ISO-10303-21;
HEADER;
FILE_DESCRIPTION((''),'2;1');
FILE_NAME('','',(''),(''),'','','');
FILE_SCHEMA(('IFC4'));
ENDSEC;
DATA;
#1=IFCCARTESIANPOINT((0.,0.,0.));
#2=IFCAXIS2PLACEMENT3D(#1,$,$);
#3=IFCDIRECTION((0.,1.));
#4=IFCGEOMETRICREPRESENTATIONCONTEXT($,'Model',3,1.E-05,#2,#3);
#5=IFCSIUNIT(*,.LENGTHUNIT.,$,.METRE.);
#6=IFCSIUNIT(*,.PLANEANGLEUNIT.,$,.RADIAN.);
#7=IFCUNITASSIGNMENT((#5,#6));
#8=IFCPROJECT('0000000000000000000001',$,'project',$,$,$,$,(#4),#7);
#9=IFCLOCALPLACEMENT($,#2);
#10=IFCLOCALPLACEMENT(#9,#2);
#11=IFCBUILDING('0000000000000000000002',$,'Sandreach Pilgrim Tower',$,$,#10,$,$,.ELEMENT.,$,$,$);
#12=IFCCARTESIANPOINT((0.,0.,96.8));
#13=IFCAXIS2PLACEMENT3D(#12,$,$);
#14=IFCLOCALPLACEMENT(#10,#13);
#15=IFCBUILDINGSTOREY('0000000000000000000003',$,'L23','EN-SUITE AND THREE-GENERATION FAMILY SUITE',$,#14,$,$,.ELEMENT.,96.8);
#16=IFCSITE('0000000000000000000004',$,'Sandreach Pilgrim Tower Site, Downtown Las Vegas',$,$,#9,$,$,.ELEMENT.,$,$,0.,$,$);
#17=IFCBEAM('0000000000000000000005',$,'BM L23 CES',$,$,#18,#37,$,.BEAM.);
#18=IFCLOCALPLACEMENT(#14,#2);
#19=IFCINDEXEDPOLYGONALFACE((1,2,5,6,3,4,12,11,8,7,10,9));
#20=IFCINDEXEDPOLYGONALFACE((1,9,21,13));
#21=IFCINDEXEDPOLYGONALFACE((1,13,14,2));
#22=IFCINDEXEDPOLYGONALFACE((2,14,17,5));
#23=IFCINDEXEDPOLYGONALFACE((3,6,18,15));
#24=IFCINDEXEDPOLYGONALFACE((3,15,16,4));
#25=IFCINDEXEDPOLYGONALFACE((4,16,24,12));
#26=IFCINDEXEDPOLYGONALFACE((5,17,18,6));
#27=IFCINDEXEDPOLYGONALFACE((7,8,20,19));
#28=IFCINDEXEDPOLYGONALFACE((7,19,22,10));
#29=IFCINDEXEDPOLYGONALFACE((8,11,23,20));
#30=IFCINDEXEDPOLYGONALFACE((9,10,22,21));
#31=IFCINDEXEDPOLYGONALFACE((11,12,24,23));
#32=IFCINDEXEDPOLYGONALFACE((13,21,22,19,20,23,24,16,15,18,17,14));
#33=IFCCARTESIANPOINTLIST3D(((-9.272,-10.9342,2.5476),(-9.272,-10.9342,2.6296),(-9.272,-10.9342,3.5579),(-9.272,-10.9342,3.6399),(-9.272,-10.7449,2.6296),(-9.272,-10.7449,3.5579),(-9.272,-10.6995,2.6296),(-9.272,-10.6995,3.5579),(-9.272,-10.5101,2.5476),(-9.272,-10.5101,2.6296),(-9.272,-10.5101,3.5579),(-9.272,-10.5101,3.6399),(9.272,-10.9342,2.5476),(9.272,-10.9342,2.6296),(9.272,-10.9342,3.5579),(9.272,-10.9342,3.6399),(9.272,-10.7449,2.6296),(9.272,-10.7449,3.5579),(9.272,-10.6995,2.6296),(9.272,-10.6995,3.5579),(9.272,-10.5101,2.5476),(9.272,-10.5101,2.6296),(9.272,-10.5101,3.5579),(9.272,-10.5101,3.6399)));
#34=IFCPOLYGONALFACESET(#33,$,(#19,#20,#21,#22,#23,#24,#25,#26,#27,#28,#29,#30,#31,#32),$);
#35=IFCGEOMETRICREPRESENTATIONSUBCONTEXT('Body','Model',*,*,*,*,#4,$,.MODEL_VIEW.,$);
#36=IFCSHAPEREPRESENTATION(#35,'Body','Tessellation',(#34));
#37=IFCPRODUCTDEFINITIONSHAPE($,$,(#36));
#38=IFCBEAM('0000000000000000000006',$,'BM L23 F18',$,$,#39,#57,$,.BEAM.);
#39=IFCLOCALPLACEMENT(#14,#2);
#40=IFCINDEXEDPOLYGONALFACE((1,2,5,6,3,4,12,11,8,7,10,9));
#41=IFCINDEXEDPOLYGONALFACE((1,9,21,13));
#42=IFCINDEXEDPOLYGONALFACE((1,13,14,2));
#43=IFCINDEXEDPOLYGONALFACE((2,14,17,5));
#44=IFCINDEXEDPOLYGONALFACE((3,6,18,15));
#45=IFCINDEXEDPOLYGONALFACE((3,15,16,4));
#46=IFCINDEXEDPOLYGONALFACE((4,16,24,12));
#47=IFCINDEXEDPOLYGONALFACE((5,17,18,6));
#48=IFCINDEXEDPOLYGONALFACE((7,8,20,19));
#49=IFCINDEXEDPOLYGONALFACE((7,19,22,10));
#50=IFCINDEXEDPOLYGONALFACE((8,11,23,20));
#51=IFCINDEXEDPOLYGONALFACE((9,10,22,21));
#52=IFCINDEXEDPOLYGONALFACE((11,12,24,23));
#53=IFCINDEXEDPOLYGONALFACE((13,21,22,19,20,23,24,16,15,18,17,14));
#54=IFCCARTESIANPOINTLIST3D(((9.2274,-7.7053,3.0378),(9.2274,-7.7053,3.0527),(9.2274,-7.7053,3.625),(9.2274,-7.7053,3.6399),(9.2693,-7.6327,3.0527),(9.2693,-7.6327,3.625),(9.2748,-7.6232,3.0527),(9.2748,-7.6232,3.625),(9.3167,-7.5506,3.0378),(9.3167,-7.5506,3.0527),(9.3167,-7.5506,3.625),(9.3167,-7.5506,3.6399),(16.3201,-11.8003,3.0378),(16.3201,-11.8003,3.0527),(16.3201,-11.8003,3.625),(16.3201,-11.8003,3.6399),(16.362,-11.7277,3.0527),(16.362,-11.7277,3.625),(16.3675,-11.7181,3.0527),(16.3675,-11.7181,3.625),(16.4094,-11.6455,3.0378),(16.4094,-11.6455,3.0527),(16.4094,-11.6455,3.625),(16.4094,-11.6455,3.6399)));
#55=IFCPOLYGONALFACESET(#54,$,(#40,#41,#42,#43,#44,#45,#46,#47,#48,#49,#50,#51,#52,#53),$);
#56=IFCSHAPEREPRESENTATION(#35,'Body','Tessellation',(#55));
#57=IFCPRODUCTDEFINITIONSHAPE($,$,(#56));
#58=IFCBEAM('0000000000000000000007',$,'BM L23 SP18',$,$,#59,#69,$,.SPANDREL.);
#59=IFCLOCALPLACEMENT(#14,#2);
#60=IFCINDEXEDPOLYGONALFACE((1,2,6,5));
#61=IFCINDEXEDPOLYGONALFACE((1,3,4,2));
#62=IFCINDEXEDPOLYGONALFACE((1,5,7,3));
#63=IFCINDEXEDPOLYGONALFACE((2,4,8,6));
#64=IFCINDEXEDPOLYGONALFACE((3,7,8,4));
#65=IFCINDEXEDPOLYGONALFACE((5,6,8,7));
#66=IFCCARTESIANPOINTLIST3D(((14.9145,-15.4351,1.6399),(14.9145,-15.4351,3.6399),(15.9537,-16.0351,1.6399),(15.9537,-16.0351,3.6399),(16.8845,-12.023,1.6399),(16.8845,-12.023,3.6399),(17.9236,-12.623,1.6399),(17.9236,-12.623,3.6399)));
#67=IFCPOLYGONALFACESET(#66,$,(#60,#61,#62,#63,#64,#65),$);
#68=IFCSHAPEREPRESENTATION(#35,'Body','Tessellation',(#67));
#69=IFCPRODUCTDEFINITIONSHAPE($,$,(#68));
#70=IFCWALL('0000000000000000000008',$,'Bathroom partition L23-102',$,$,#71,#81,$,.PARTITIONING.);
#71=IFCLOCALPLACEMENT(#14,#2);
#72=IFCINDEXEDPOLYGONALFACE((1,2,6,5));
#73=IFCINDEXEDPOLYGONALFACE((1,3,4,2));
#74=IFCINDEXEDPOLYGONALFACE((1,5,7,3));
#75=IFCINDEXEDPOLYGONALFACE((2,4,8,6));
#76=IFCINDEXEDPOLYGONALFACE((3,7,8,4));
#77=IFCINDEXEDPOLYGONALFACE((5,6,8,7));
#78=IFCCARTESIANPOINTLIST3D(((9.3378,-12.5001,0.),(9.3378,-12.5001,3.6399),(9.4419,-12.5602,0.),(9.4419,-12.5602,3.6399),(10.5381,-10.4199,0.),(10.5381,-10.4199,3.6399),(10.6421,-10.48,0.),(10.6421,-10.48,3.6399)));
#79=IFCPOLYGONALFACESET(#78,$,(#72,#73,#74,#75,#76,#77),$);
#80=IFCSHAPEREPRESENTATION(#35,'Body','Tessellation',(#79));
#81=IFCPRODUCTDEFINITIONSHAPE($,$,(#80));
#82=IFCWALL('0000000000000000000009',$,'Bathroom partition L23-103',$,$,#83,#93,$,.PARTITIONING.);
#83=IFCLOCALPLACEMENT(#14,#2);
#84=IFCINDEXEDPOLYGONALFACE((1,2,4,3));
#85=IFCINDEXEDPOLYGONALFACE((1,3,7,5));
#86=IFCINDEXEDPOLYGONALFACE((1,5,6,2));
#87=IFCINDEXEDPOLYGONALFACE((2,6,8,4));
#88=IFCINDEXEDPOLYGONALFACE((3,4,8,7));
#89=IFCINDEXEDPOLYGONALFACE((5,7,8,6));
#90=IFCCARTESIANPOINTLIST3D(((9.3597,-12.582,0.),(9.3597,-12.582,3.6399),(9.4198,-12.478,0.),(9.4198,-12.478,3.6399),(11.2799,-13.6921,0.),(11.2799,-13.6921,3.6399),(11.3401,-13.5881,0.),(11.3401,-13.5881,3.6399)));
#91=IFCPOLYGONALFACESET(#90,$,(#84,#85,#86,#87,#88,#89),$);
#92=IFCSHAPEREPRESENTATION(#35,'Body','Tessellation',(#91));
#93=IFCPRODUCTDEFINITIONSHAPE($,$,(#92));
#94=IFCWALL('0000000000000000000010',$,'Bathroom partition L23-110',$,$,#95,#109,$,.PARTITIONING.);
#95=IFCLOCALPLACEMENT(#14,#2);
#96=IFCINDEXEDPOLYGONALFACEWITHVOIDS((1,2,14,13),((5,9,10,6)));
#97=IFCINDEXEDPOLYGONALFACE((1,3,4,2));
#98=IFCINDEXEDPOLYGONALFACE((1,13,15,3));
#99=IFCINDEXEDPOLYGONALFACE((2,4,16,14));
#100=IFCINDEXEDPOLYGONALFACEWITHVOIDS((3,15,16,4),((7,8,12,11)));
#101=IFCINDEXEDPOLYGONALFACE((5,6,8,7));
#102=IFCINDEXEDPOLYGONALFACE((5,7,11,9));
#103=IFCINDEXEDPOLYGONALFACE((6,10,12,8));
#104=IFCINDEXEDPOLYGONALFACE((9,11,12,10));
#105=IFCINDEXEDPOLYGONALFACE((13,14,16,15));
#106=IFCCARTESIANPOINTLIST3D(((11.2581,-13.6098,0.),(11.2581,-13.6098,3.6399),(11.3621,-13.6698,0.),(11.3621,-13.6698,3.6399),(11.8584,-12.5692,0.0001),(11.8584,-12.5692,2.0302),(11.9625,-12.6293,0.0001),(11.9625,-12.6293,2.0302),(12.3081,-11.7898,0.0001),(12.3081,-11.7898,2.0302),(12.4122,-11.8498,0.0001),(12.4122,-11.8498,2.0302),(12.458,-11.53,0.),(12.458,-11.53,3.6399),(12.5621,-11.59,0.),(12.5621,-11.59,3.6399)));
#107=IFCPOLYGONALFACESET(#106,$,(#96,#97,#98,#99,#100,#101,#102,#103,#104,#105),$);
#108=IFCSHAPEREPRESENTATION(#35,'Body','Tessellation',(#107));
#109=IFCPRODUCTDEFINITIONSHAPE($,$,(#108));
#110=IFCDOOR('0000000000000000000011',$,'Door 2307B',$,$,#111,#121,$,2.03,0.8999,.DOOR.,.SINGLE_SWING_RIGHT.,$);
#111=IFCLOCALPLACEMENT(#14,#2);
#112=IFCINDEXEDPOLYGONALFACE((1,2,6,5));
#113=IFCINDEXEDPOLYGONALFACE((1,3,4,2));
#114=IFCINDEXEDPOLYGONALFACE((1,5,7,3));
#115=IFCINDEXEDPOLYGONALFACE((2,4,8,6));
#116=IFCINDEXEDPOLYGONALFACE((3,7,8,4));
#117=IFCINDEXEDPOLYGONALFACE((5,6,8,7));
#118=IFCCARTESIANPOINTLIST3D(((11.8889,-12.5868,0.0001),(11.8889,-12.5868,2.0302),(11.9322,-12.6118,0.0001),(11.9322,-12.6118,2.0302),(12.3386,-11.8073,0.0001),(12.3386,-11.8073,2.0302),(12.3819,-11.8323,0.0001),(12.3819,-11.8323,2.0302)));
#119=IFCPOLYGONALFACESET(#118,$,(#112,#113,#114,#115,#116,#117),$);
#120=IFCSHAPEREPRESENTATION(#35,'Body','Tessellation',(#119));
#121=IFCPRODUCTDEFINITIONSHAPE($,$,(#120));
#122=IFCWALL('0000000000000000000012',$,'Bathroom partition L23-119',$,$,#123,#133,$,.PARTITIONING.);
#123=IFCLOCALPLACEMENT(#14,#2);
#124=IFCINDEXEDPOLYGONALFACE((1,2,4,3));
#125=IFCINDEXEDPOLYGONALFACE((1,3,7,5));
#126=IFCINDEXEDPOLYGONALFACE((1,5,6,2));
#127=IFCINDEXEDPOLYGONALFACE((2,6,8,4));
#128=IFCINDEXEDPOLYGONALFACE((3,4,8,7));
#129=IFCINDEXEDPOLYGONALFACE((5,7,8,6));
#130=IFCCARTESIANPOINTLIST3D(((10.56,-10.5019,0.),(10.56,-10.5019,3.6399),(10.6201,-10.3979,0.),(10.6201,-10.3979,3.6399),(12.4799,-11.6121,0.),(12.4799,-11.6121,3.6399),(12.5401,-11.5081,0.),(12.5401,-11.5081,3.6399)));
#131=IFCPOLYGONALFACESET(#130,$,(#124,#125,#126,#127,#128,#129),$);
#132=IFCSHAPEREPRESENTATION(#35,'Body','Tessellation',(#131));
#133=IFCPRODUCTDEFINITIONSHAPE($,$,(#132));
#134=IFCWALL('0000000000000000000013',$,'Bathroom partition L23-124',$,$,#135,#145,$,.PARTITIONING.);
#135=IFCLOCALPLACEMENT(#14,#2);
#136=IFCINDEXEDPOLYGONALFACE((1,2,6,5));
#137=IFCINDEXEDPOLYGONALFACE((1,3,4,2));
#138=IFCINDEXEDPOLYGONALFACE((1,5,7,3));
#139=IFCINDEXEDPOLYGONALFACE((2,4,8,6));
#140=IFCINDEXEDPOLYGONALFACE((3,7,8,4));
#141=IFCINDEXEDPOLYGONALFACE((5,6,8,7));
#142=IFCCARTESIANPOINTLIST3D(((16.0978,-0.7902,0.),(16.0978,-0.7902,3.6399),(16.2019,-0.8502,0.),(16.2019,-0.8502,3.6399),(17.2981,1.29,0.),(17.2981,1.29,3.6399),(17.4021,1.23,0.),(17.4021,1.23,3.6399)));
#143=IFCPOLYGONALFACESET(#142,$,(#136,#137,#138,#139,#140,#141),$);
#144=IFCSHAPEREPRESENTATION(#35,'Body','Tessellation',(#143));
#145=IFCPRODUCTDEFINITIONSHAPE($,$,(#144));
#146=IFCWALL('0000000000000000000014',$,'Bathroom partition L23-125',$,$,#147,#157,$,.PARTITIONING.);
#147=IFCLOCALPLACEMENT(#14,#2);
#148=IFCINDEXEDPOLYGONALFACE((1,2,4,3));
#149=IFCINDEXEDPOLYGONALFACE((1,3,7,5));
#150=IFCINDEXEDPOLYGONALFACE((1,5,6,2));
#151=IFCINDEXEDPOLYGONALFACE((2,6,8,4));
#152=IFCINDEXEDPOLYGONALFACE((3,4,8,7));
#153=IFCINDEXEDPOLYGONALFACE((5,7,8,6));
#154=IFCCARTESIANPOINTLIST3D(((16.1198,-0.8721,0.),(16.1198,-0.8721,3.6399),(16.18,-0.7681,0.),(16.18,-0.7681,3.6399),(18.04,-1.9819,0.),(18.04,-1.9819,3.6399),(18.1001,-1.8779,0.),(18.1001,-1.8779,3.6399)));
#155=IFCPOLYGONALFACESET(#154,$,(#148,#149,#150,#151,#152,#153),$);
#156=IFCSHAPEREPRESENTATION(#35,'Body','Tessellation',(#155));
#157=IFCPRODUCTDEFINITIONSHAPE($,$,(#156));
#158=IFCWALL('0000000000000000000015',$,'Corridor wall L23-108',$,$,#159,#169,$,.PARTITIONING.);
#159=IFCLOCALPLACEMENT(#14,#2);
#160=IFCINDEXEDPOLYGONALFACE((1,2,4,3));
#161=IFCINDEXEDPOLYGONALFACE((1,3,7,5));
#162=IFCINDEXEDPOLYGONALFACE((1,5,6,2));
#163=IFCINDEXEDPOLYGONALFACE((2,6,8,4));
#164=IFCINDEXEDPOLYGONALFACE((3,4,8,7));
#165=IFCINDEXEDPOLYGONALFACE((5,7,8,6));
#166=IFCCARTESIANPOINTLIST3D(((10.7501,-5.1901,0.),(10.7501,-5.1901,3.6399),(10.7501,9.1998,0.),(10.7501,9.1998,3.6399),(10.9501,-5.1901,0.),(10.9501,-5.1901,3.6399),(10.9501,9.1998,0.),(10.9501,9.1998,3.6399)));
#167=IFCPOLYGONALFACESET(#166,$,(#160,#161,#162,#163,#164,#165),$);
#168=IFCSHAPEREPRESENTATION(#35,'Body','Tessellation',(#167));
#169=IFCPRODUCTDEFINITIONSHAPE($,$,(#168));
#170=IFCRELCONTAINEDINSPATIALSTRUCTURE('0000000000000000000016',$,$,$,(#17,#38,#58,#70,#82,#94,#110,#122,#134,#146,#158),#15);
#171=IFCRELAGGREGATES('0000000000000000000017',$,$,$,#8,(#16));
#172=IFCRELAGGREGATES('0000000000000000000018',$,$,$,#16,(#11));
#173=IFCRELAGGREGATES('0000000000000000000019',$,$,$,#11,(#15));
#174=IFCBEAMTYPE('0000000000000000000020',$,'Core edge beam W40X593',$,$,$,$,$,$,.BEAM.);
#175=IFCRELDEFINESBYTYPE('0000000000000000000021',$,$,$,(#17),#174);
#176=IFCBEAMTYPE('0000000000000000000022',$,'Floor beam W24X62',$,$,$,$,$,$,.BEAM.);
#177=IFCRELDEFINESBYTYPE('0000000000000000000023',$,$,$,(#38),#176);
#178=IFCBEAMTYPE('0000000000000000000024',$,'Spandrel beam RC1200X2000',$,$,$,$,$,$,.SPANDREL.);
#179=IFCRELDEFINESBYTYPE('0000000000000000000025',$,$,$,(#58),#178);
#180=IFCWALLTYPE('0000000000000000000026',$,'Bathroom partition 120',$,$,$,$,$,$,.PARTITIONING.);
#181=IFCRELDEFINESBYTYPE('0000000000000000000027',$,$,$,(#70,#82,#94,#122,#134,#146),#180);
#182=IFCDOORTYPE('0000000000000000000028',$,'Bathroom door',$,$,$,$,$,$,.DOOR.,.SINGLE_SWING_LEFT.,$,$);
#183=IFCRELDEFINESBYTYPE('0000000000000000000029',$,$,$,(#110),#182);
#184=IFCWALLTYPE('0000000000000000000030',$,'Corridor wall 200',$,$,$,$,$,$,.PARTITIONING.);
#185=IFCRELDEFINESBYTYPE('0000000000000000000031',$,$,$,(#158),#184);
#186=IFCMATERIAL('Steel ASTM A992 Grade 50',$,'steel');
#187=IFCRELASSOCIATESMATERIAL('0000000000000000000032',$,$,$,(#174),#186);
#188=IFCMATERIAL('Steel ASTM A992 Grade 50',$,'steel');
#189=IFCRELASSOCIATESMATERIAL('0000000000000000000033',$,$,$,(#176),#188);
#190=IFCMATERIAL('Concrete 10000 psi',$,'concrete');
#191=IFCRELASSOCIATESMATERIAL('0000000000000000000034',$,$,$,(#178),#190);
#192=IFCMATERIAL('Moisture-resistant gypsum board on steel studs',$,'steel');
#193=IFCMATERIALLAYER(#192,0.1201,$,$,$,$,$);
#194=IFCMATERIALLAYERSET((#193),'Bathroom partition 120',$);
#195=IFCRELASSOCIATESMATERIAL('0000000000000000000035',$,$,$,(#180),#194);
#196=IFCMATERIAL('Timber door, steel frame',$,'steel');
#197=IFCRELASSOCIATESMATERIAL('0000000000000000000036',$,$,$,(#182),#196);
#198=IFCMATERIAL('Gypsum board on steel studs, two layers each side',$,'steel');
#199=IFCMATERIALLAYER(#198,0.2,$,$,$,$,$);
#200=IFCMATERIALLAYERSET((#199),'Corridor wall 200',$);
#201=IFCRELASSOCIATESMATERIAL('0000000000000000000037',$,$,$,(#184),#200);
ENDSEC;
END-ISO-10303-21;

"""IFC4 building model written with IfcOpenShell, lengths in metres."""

from ifc_helpers import new_model, si_unit, direction, frame, frame_2d, origin, origin_2d, place, context, subcontext, project, spatial, rectangle, i_section, extrude, material, layer, layer_set, material_profile, profile_set, type_object, element, fill, save


model = new_model("IFC4")

# Units and contexts
model_context = context("Model", 3, precision=1e-05, world=origin(), true_north=direction((0.0, 1.0)))
body_context = subcontext(model_context, "Body", "Model", "MODEL_VIEW")
ifc_project = project(units=[si_unit("LENGTHUNIT", "METRE"), si_unit("PLANEANGLEUNIT", "RADIAN")], contexts=[model_context])

# Site, building, storey
site_placement = place(None, origin())
site = spatial("IfcSite", under=ifc_project, at=site_placement, Name="Sandreach Pilgrim Tower Site, Downtown Las Vegas", CompositionType="ELEMENT", RefElevation=0.0)
building_placement = place(site_placement, origin())
building = spatial("IfcBuilding", under=site, at=building_placement, Name="Sandreach Pilgrim Tower", CompositionType="ELEMENT")
storey_placement = place(building_placement, frame((0.0, 0.0, 96.8)))
storey = spatial("IfcBuildingStorey", under=building, at=storey_placement, Name="L23", Description="EN-SUITE AND THREE-GENERATION FAMILY SUITE", CompositionType="ELEMENT", Elevation=96.8)

# Beams
ifc_material_1 = material(Name="Steel ASTM A992 Grade 50", Category="steel")
ifc_material_profile_1 = material_profile(ifc_material_1, i_section(OverallWidth=0.4241, OverallDepth=1.0923, WebThickness=0.0454, FlangeThickness=0.082, at=origin_2d()), Name="W40X593")
ifc_profile_set_1 = profile_set([ifc_material_profile_1], Name="Steel ASTM A992 Grade 50")
beam_type_1 = type_object("IfcBeamType", Name="Core edge beam W40X593", PredefinedType="BEAM", material=ifc_profile_set_1)
beam_1_placement = place(storey_placement, frame((9.272, -10.7222, 3.0938), z_axis=(-1.0, 0.0, 0.0), x_axis=(0.0, -1.0, 0.0)))
element("IfcBeam", 1, at=beam_1_placement, inside=storey, type_object=beam_type_1, Name="BM L23 CES", PredefinedType="BEAM", context=body_context, shape_type="SweptSolid", body=[
    extrude(i_section(OverallWidth=0.4241, OverallDepth=1.0923, WebThickness=0.0454, FlangeThickness=0.082, at=origin_2d()), origin(), (0.0, 0.0, 1.0), 18.5439),
])
ifc_material_2 = material(Name="Steel ASTM A992 Grade 50", Category="steel")
ifc_material_profile_2 = material_profile(ifc_material_2, i_section(OverallWidth=0.1787, OverallDepth=0.6021, WebThickness=0.011, FlangeThickness=0.0149, at=origin_2d()), Name="W24X62")
ifc_profile_set_2 = profile_set([ifc_material_profile_2], Name="Steel ASTM A992 Grade 50")
beam_type_2 = type_object("IfcBeamType", Name="Floor beam W24X62", PredefinedType="BEAM", material=ifc_profile_set_2)
beam_2_placement = place(storey_placement, frame((16.3647, -11.7229, 3.3389), z_axis=(-0.866028, 0.499996, 0.0), x_axis=(-0.499996, -0.866028, 0.0)))
element("IfcBeam", 2, at=beam_2_placement, inside=storey, type_object=beam_type_2, Name="BM L23 F18", PredefinedType="BEAM", context=body_context, shape_type="SweptSolid", body=[
    extrude(i_section(OverallWidth=0.1787, OverallDepth=0.6021, WebThickness=0.011, FlangeThickness=0.0149, at=origin_2d()), origin(), (0.0, 0.0, 1.0), 8.1899),
])
ifc_material_3 = material(Name="Concrete 10000 psi", Category="concrete")
ifc_material_profile_3 = material_profile(ifc_material_3, rectangle(XDim=1.2, YDim=2.0, at=origin_2d()), Name="RC1200X2000")
ifc_profile_set_3 = profile_set([ifc_material_profile_3], Name="Concrete 10000 psi")
beam_type_3 = type_object("IfcBeamType", Name="Spandrel beam RC1200X2000", PredefinedType="SPANDREL", material=ifc_profile_set_3)
beam_3_placement = place(storey_placement, frame((17.4041, -12.323, 2.6399), z_axis=(-0.499998, -0.866027, 0.0), x_axis=(0.866027, -0.499998, 0.0)))
element("IfcBeam", 3, at=beam_3_placement, inside=storey, type_object=beam_type_3, Name="BM L23 SP18", PredefinedType="SPANDREL", context=body_context, shape_type="SweptSolid", body=[
    extrude(rectangle(XDim=1.2, YDim=2.0, at=origin_2d()), origin(), (0.0, 0.0, 1.0), 3.9399),
])

# Walls
ifc_material_4 = material(Name="Moisture-resistant gypsum board on steel studs", Category="steel")
ifc_layer_1 = layer(ifc_material_4, 0.1201)
ifc_layer_set_1 = layer_set([ifc_layer_1], Name="Bathroom partition 120")
wall_type_1 = type_object("IfcWallType", Name="Bathroom partition 120", PredefinedType="PARTITIONING", material=ifc_layer_set_1)
wall_1_placement = place(storey_placement, frame((9.3899, -12.53, 0.0), z_axis=(0.0, 0.0, 1.0), x_axis=(0.499769, 0.866159, 0.0)))
element("IfcWall", 4, at=wall_1_placement, inside=storey, type_object=wall_type_1, Name="Bathroom partition L23-102", PredefinedType="PARTITIONING", context=body_context, shape_type="SweptSolid", body=[
    extrude(rectangle(XDim=2.4016, YDim=0.1201, at=frame_2d((1.2007, 0.0))), origin(), (0.0, 0.0, 1.0), 3.6399),
])
wall_2_placement = place(storey_placement, frame((9.3899, -12.53, 0.0), z_axis=(0.0, 0.0, 1.0), x_axis=(0.865733, -0.500507, 0.0)))
element("IfcWall", 5, at=wall_2_placement, inside=storey, type_object=wall_type_1, Name="Bathroom partition L23-103", PredefinedType="PARTITIONING", context=body_context, shape_type="SweptSolid", body=[
    extrude(rectangle(XDim=2.218, YDim=0.1201, at=frame_2d((1.1089, 0.0))), origin(), (0.0, 0.0, 1.0), 3.6399),
])

# Wall, opening, door
wall_3_placement = place(storey_placement, frame((11.3101, -13.6399, 0.0), z_axis=(0.0, 0.0, 1.0), x_axis=(0.499737, 0.866177, 0.0)))
wall_3 = element("IfcWall", 6, at=wall_3_placement, inside=storey, type_object=wall_type_1, Name="Bathroom partition L23-110", PredefinedType="PARTITIONING", context=body_context, shape_type="SweptSolid", body=[
    extrude(rectangle(XDim=2.4011, YDim=0.1201, at=frame_2d((1.2007, 0.0))), origin(), (0.0, 0.0, 1.0), 3.6399),
])
opening_1_placement = place(wall_3_placement, frame((1.2014, 0.0, 0.0)))
opening_1 = element("IfcOpeningElement", 7, at=opening_1_placement, cuts=wall_3, PredefinedType="OPENING", context=body_context, shape_type="SweptSolid", body=[
    extrude(rectangle(XDim=0.8999, YDim=2.03, at=frame_2d((0.45, 1.0151))), frame((0.0, 0.0601, 0.0), z_axis=(0.0, -1.0, 0.0), x_axis=(1.0, 0.0, 0.0)), (0.0, 0.0, 1.0), 0.1201),
])
ifc_material_5 = material(Name="Timber door, steel frame", Category="steel")
door_type_1 = type_object("IfcDoorType", Name="Bathroom door", OperationType="SINGLE_SWING_LEFT", PredefinedType="DOOR", material=ifc_material_5)
door_1_placement = place(opening_1_placement, origin())
door_1 = element("IfcDoor", 8, at=door_1_placement, inside=storey, type_object=door_type_1, Name="Door 2307B", OperationType="SINGLE_SWING_RIGHT", OverallHeight=2.03, OverallWidth=0.8999, PredefinedType="DOOR", context=body_context, shape_type="SweptSolid", body=[
    extrude(rectangle(XDim=0.8999, YDim=2.03, at=frame_2d((0.45, 1.0151))), frame((0.0, 0.0249, 0.0), z_axis=(0.0, -1.0, 0.0), x_axis=(1.0, 0.0, 0.0)), (0.0, 0.0, 1.0), 0.05),
])
fill(opening_1, door_1)

# Walls
wall_4_placement = place(storey_placement, frame((12.51, -11.5601, 0.0), z_axis=(0.0, 0.0, 1.0), x_axis=(-0.865705, 0.500555, 0.0)))
element("IfcWall", 9, at=wall_4_placement, inside=storey, type_object=wall_type_1, Name="Bathroom partition L23-119", PredefinedType="PARTITIONING", context=body_context, shape_type="SweptSolid", body=[
    extrude(rectangle(XDim=2.2178, YDim=0.1201, at=frame_2d((1.1089, 0.0))), origin(), (0.0, 0.0, 1.0), 3.6399),
])
wall_5_placement = place(storey_placement, frame((16.1499, -0.8201, 0.0), z_axis=(0.0, 0.0, 1.0), x_axis=(0.499769, 0.866159, 0.0)))
element("IfcWall", 10, at=wall_5_placement, inside=storey, type_object=wall_type_1, Name="Bathroom partition L23-124", PredefinedType="PARTITIONING", context=body_context, shape_type="SweptSolid", body=[
    extrude(rectangle(XDim=2.4016, YDim=0.1201, at=frame_2d((1.2007, 0.0))), origin(), (0.0, 0.0, 1.0), 3.6399),
])
wall_6_placement = place(storey_placement, frame((16.1499, -0.8201, 0.0), z_axis=(0.0, 0.0, 1.0), x_axis=(0.86578, -0.500424, 0.0)))
element("IfcWall", 11, at=wall_6_placement, inside=storey, type_object=wall_type_1, Name="Bathroom partition L23-125", PredefinedType="PARTITIONING", context=body_context, shape_type="SweptSolid", body=[
    extrude(rectangle(XDim=2.2178, YDim=0.1201, at=frame_2d((1.1089, 0.0))), origin(), (0.0, 0.0, 1.0), 3.6399),
])

# Shared definitions
ifc_material_6 = material(Name="Gypsum board on steel studs, two layers each side", Category="steel")
ifc_layer_2 = layer(ifc_material_6, 0.2)
ifc_layer_set_2 = layer_set([ifc_layer_2], Name="Corridor wall 200")
wall_type_2 = type_object("IfcWallType", Name="Corridor wall 200", PredefinedType="PARTITIONING", material=ifc_layer_set_2)

# Wall
wall_7_placement = place(storey_placement, frame((10.8501, -5.1899, 0.0), z_axis=(0.0, 0.0, 1.0), x_axis=(0.0, 1.0, 0.0)))
element("IfcWall", 12, at=wall_7_placement, inside=storey, type_object=wall_type_2, Name="Corridor wall L23-108", PredefinedType="PARTITIONING", context=body_context, shape_type="SweptSolid", body=[
    extrude(rectangle(XDim=14.3899, YDim=0.2, at=frame_2d((7.1948, 0.0))), origin(), (0.0, 0.0, 1.0), 3.6399),
])

save(model, "model.ifc")
